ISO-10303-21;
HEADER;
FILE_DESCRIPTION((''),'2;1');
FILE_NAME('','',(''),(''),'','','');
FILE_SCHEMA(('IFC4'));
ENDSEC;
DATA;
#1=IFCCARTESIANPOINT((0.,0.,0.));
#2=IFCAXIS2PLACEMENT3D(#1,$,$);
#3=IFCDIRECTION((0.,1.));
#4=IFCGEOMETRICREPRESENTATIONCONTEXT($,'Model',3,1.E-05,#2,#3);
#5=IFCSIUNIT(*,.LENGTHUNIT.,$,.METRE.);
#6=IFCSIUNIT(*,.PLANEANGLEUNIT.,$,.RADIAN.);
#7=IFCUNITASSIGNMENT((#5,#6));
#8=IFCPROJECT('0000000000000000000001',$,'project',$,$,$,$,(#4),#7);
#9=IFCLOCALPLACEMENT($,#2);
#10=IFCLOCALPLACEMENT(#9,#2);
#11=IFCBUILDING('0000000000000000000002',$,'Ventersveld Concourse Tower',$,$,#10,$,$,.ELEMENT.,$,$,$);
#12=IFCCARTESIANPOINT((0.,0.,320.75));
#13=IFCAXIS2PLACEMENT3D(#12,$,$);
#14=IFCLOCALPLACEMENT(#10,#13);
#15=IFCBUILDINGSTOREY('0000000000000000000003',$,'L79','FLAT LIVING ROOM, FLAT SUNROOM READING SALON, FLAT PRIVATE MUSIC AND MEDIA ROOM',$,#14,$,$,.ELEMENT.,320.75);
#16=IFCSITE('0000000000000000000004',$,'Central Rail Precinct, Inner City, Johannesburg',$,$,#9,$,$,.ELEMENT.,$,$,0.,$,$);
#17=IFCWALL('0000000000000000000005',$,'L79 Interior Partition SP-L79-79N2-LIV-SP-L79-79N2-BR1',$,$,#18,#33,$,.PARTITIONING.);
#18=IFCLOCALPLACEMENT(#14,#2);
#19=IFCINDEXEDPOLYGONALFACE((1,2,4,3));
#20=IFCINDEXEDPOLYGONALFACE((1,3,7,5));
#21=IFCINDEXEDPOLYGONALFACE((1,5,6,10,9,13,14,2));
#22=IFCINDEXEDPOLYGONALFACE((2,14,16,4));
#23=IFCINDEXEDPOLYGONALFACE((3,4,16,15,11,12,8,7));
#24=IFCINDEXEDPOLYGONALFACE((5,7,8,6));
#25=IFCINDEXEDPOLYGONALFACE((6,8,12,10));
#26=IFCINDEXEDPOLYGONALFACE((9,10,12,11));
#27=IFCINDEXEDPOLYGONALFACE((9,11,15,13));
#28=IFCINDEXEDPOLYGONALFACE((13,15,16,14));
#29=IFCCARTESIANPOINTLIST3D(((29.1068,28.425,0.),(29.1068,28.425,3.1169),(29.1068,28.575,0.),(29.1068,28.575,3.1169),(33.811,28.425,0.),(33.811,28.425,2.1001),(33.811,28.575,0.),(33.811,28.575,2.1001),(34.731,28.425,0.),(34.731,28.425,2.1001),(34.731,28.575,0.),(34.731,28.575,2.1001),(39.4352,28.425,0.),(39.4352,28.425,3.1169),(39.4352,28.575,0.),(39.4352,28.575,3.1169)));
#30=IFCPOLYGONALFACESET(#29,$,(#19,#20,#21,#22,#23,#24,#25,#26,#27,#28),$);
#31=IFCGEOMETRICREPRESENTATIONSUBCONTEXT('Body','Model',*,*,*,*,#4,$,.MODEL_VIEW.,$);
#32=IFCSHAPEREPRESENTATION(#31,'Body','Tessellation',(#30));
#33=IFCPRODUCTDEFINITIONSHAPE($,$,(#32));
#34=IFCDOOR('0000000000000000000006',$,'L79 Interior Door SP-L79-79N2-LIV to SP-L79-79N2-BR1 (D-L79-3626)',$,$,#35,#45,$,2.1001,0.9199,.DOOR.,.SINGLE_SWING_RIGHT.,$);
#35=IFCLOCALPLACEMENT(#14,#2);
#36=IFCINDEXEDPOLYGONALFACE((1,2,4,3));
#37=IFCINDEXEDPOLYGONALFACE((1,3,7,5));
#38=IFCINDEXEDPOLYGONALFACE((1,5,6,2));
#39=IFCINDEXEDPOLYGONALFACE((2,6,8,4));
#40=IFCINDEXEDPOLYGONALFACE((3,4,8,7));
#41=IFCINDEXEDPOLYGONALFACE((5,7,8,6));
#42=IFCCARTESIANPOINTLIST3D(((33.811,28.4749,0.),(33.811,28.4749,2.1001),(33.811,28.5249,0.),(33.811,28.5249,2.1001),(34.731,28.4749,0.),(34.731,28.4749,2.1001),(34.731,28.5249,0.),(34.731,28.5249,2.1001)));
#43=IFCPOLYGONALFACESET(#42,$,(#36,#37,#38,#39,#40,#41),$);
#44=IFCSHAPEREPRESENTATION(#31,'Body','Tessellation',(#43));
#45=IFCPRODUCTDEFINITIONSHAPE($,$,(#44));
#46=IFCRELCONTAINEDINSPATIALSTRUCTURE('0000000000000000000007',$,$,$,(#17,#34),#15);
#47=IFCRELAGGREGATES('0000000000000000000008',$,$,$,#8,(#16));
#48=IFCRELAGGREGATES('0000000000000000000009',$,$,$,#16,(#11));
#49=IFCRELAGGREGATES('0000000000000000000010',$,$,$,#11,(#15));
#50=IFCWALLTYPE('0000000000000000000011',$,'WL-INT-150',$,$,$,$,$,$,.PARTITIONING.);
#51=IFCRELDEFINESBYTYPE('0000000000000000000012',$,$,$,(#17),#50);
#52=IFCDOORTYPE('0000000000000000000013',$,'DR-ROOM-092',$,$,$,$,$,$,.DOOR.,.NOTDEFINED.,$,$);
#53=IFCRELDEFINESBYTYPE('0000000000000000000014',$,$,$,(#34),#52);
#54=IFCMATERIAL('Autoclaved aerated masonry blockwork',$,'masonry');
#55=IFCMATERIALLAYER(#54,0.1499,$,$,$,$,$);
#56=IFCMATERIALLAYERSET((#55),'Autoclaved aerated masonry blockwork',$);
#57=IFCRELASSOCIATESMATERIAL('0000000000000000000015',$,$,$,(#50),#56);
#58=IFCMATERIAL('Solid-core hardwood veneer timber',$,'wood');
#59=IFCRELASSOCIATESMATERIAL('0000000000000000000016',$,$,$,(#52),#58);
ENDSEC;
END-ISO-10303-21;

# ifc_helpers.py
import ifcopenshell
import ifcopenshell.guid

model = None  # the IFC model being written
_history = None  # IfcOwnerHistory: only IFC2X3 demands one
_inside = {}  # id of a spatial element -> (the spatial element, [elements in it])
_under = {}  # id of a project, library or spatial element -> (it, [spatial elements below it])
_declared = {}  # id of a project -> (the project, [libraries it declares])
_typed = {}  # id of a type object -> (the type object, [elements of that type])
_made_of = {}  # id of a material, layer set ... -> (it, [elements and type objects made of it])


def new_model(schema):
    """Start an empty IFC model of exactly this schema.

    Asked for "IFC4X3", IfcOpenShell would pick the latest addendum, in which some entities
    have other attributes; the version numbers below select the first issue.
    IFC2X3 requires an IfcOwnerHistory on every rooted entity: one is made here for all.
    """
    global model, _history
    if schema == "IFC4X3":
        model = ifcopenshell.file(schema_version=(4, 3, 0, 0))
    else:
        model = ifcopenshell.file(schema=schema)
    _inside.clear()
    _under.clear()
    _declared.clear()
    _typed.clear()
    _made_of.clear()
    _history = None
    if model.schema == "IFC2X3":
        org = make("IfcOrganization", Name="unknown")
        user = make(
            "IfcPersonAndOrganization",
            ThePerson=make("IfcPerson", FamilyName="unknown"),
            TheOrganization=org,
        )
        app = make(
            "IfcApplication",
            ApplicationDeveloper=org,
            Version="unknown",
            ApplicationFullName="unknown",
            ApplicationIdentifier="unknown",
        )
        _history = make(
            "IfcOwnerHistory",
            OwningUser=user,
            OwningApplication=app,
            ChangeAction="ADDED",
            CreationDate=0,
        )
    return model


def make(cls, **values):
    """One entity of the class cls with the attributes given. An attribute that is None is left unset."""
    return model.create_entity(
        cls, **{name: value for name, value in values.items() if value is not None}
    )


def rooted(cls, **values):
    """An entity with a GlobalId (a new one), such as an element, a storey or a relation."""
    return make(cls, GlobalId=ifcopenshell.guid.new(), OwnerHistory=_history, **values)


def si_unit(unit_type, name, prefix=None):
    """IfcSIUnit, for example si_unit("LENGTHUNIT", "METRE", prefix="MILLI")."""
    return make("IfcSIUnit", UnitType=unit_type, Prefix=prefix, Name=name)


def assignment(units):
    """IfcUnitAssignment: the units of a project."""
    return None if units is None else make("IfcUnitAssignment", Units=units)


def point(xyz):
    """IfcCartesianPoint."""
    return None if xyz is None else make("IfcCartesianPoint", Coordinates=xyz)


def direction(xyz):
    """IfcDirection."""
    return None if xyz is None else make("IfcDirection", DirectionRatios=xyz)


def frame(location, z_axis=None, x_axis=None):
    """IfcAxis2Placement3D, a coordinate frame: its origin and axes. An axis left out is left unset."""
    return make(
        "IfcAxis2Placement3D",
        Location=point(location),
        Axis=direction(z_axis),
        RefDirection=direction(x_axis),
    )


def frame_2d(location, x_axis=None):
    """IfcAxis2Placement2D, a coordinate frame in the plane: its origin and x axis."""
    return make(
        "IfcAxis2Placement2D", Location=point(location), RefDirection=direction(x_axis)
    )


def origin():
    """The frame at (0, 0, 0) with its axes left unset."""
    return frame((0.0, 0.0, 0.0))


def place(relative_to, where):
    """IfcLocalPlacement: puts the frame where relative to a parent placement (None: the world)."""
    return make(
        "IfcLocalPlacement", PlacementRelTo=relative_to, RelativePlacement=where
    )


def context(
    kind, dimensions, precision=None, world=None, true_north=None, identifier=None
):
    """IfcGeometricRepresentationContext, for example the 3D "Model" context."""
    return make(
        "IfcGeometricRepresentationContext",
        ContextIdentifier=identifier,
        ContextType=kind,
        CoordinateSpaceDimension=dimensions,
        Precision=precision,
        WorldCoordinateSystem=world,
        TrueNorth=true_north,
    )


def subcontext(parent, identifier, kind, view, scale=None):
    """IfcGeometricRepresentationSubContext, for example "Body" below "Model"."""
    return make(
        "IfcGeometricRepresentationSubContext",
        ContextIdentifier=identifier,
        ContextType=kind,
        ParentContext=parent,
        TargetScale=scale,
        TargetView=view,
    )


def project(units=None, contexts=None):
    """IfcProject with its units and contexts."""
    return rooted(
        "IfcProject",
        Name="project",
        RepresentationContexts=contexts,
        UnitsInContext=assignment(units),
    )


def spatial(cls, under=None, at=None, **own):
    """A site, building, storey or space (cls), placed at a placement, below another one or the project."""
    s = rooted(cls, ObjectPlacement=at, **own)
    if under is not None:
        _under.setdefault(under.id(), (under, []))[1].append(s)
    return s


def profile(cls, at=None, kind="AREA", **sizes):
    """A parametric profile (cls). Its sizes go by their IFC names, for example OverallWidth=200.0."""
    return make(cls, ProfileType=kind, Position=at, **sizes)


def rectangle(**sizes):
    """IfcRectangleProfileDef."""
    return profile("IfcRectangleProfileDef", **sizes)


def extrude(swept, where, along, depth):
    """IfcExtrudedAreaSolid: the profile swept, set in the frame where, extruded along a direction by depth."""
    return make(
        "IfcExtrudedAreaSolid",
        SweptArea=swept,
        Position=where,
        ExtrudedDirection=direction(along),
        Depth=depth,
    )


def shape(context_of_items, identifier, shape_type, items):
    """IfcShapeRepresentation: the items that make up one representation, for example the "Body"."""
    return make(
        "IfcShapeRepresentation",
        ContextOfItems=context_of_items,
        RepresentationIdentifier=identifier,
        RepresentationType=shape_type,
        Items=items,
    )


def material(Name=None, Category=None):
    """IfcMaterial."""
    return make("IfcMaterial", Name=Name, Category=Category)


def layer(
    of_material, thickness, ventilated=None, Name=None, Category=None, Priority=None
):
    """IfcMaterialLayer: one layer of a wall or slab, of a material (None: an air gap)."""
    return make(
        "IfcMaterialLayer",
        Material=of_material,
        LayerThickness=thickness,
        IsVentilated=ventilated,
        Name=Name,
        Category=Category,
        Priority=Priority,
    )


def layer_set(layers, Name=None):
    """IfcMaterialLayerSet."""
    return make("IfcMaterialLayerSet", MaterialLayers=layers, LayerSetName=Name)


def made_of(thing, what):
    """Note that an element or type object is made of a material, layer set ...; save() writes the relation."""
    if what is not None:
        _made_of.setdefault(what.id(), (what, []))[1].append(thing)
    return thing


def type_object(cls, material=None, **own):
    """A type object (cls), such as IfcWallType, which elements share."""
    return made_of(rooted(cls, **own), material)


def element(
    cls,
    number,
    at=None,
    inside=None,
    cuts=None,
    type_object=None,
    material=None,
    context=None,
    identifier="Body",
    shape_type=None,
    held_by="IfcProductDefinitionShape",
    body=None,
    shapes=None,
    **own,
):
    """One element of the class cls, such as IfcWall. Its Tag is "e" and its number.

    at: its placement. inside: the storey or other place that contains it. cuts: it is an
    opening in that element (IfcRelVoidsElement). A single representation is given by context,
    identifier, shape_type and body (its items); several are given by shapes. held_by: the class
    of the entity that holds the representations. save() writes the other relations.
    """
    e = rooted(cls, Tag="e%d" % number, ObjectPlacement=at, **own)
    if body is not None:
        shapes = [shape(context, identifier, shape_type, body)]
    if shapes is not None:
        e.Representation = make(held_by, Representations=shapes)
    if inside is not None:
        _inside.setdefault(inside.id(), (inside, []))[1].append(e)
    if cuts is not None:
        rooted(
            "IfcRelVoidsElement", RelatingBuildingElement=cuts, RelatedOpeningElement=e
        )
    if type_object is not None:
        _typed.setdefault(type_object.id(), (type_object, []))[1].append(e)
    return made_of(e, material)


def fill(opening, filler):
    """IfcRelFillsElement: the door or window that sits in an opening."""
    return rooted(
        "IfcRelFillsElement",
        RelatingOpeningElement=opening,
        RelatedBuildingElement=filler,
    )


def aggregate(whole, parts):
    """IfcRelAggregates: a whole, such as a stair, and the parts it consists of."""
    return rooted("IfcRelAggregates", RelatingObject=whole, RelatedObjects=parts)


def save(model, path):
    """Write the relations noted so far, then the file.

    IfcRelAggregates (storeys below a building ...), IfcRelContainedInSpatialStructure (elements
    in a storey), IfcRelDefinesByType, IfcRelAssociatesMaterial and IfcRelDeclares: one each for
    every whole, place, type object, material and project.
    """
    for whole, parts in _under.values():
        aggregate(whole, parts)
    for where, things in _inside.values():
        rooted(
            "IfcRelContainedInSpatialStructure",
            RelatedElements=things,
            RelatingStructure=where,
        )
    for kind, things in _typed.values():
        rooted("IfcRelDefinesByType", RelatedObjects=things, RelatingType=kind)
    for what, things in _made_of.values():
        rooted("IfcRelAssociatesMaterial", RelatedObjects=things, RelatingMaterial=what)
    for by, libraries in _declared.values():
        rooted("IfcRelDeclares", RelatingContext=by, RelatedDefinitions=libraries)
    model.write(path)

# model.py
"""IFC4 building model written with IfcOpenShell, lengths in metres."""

from ifc_helpers import new_model, si_unit, direction, frame, frame_2d, origin, place, context, subcontext, project, spatial, rectangle, extrude, material, layer, layer_set, type_object, element, fill, save


model = new_model("IFC4")

# Units and contexts
model_context = context("Model", 3, precision=1e-05, world=origin(), true_north=direction((0.0, 1.0)))
body_context = subcontext(model_context, "Body", "Model", "MODEL_VIEW")
ifc_project = project(units=[si_unit("LENGTHUNIT", "METRE"), si_unit("PLANEANGLEUNIT", "RADIAN")], contexts=[model_context])

# Site, building, storey
site_placement = place(None, origin())
site = spatial("IfcSite", under=ifc_project, at=site_placement, Name="Central Rail Precinct, Inner City, Johannesburg", CompositionType="ELEMENT", RefElevation=0.0)
building_placement = place(site_placement, origin())
building = spatial("IfcBuilding", under=site, at=building_placement, Name="Ventersveld Concourse Tower", CompositionType="ELEMENT")
storey_placement = place(building_placement, frame((0.0, 0.0, 320.75)))
storey = spatial("IfcBuildingStorey", under=building, at=storey_placement, Name="L79", Description="FLAT LIVING ROOM, FLAT SUNROOM READING SALON, FLAT PRIVATE MUSIC AND MEDIA ROOM", CompositionType="ELEMENT", Elevation=320.75)

# Shared definitions
ifc_material_1 = material(Name="Autoclaved aerated masonry blockwork", Category="masonry")
ifc_layer_1 = layer(ifc_material_1, 0.1499)
ifc_layer_set_1 = layer_set([ifc_layer_1], Name="Autoclaved aerated masonry blockwork")
wall_type_1 = type_object("IfcWallType", Name="WL-INT-150", PredefinedType="PARTITIONING", material=ifc_layer_set_1)
ifc_material_2 = material(Name="Solid-core hardwood veneer timber", Category="wood")
door_type = type_object("IfcDoorType", Name="DR-ROOM-092", OperationType="NOTDEFINED", PredefinedType="DOOR", material=ifc_material_2)

# Wall, opening, door
wall_1_placement = place(storey_placement, frame((29.1069, 28.5, 0.0), z_axis=(0.0, 0.0, 1.0), x_axis=(1.0, 0.0, 0.0)))
wall_1 = element("IfcWall", 1, at=wall_1_placement, inside=storey, type_object=wall_type_1, Name="L79 Interior Partition SP-L79-79N2-LIV-SP-L79-79N2-BR1", PredefinedType="PARTITIONING", context=body_context, shape_type="SweptSolid", body=[
    extrude(rectangle(XDim=10.3284, YDim=0.1499, at=frame_2d((5.1641, 0.0))), origin(), (0.0, 0.0, 1.0), 3.1169),
])
opening_1_placement = place(wall_1_placement, frame((4.7041, 0.0, 0.0)))
opening_1 = element("IfcOpeningElement", 2, at=opening_1_placement, cuts=wall_1, PredefinedType="OPENING", context=body_context, shape_type="SweptSolid", body=[
    extrude(rectangle(XDim=0.9199, YDim=2.1001, at=frame_2d((0.46, 1.05))), frame((0.0, 0.085, 0.0), z_axis=(0.0, -1.0, 0.0), x_axis=(1.0, 0.0, 0.0)), (0.0, 0.0, 1.0), 0.1699),
])
door_1_placement = place(opening_1_placement, origin())
door_1 = element("IfcDoor", 3, at=door_1_placement, inside=storey, type_object=door_type, Name="L79 Interior Door SP-L79-79N2-LIV to SP-L79-79N2-BR1 (D-L79-3626)", OperationType="SINGLE_SWING_RIGHT", OverallHeight=2.1001, OverallWidth=0.9199, PredefinedType="DOOR", context=body_context, shape_type="SweptSolid", body=[
    extrude(rectangle(XDim=0.9199, YDim=2.1001, at=frame_2d((0.46, 1.05))), frame((0.0, 0.0249, 0.0), z_axis=(0.0, -1.0, 0.0), x_axis=(1.0, 0.0, 0.0)), (0.0, 0.0, 1.0), 0.05),
])
fill(opening_1, door_1)

save(model, "model.ifc")
